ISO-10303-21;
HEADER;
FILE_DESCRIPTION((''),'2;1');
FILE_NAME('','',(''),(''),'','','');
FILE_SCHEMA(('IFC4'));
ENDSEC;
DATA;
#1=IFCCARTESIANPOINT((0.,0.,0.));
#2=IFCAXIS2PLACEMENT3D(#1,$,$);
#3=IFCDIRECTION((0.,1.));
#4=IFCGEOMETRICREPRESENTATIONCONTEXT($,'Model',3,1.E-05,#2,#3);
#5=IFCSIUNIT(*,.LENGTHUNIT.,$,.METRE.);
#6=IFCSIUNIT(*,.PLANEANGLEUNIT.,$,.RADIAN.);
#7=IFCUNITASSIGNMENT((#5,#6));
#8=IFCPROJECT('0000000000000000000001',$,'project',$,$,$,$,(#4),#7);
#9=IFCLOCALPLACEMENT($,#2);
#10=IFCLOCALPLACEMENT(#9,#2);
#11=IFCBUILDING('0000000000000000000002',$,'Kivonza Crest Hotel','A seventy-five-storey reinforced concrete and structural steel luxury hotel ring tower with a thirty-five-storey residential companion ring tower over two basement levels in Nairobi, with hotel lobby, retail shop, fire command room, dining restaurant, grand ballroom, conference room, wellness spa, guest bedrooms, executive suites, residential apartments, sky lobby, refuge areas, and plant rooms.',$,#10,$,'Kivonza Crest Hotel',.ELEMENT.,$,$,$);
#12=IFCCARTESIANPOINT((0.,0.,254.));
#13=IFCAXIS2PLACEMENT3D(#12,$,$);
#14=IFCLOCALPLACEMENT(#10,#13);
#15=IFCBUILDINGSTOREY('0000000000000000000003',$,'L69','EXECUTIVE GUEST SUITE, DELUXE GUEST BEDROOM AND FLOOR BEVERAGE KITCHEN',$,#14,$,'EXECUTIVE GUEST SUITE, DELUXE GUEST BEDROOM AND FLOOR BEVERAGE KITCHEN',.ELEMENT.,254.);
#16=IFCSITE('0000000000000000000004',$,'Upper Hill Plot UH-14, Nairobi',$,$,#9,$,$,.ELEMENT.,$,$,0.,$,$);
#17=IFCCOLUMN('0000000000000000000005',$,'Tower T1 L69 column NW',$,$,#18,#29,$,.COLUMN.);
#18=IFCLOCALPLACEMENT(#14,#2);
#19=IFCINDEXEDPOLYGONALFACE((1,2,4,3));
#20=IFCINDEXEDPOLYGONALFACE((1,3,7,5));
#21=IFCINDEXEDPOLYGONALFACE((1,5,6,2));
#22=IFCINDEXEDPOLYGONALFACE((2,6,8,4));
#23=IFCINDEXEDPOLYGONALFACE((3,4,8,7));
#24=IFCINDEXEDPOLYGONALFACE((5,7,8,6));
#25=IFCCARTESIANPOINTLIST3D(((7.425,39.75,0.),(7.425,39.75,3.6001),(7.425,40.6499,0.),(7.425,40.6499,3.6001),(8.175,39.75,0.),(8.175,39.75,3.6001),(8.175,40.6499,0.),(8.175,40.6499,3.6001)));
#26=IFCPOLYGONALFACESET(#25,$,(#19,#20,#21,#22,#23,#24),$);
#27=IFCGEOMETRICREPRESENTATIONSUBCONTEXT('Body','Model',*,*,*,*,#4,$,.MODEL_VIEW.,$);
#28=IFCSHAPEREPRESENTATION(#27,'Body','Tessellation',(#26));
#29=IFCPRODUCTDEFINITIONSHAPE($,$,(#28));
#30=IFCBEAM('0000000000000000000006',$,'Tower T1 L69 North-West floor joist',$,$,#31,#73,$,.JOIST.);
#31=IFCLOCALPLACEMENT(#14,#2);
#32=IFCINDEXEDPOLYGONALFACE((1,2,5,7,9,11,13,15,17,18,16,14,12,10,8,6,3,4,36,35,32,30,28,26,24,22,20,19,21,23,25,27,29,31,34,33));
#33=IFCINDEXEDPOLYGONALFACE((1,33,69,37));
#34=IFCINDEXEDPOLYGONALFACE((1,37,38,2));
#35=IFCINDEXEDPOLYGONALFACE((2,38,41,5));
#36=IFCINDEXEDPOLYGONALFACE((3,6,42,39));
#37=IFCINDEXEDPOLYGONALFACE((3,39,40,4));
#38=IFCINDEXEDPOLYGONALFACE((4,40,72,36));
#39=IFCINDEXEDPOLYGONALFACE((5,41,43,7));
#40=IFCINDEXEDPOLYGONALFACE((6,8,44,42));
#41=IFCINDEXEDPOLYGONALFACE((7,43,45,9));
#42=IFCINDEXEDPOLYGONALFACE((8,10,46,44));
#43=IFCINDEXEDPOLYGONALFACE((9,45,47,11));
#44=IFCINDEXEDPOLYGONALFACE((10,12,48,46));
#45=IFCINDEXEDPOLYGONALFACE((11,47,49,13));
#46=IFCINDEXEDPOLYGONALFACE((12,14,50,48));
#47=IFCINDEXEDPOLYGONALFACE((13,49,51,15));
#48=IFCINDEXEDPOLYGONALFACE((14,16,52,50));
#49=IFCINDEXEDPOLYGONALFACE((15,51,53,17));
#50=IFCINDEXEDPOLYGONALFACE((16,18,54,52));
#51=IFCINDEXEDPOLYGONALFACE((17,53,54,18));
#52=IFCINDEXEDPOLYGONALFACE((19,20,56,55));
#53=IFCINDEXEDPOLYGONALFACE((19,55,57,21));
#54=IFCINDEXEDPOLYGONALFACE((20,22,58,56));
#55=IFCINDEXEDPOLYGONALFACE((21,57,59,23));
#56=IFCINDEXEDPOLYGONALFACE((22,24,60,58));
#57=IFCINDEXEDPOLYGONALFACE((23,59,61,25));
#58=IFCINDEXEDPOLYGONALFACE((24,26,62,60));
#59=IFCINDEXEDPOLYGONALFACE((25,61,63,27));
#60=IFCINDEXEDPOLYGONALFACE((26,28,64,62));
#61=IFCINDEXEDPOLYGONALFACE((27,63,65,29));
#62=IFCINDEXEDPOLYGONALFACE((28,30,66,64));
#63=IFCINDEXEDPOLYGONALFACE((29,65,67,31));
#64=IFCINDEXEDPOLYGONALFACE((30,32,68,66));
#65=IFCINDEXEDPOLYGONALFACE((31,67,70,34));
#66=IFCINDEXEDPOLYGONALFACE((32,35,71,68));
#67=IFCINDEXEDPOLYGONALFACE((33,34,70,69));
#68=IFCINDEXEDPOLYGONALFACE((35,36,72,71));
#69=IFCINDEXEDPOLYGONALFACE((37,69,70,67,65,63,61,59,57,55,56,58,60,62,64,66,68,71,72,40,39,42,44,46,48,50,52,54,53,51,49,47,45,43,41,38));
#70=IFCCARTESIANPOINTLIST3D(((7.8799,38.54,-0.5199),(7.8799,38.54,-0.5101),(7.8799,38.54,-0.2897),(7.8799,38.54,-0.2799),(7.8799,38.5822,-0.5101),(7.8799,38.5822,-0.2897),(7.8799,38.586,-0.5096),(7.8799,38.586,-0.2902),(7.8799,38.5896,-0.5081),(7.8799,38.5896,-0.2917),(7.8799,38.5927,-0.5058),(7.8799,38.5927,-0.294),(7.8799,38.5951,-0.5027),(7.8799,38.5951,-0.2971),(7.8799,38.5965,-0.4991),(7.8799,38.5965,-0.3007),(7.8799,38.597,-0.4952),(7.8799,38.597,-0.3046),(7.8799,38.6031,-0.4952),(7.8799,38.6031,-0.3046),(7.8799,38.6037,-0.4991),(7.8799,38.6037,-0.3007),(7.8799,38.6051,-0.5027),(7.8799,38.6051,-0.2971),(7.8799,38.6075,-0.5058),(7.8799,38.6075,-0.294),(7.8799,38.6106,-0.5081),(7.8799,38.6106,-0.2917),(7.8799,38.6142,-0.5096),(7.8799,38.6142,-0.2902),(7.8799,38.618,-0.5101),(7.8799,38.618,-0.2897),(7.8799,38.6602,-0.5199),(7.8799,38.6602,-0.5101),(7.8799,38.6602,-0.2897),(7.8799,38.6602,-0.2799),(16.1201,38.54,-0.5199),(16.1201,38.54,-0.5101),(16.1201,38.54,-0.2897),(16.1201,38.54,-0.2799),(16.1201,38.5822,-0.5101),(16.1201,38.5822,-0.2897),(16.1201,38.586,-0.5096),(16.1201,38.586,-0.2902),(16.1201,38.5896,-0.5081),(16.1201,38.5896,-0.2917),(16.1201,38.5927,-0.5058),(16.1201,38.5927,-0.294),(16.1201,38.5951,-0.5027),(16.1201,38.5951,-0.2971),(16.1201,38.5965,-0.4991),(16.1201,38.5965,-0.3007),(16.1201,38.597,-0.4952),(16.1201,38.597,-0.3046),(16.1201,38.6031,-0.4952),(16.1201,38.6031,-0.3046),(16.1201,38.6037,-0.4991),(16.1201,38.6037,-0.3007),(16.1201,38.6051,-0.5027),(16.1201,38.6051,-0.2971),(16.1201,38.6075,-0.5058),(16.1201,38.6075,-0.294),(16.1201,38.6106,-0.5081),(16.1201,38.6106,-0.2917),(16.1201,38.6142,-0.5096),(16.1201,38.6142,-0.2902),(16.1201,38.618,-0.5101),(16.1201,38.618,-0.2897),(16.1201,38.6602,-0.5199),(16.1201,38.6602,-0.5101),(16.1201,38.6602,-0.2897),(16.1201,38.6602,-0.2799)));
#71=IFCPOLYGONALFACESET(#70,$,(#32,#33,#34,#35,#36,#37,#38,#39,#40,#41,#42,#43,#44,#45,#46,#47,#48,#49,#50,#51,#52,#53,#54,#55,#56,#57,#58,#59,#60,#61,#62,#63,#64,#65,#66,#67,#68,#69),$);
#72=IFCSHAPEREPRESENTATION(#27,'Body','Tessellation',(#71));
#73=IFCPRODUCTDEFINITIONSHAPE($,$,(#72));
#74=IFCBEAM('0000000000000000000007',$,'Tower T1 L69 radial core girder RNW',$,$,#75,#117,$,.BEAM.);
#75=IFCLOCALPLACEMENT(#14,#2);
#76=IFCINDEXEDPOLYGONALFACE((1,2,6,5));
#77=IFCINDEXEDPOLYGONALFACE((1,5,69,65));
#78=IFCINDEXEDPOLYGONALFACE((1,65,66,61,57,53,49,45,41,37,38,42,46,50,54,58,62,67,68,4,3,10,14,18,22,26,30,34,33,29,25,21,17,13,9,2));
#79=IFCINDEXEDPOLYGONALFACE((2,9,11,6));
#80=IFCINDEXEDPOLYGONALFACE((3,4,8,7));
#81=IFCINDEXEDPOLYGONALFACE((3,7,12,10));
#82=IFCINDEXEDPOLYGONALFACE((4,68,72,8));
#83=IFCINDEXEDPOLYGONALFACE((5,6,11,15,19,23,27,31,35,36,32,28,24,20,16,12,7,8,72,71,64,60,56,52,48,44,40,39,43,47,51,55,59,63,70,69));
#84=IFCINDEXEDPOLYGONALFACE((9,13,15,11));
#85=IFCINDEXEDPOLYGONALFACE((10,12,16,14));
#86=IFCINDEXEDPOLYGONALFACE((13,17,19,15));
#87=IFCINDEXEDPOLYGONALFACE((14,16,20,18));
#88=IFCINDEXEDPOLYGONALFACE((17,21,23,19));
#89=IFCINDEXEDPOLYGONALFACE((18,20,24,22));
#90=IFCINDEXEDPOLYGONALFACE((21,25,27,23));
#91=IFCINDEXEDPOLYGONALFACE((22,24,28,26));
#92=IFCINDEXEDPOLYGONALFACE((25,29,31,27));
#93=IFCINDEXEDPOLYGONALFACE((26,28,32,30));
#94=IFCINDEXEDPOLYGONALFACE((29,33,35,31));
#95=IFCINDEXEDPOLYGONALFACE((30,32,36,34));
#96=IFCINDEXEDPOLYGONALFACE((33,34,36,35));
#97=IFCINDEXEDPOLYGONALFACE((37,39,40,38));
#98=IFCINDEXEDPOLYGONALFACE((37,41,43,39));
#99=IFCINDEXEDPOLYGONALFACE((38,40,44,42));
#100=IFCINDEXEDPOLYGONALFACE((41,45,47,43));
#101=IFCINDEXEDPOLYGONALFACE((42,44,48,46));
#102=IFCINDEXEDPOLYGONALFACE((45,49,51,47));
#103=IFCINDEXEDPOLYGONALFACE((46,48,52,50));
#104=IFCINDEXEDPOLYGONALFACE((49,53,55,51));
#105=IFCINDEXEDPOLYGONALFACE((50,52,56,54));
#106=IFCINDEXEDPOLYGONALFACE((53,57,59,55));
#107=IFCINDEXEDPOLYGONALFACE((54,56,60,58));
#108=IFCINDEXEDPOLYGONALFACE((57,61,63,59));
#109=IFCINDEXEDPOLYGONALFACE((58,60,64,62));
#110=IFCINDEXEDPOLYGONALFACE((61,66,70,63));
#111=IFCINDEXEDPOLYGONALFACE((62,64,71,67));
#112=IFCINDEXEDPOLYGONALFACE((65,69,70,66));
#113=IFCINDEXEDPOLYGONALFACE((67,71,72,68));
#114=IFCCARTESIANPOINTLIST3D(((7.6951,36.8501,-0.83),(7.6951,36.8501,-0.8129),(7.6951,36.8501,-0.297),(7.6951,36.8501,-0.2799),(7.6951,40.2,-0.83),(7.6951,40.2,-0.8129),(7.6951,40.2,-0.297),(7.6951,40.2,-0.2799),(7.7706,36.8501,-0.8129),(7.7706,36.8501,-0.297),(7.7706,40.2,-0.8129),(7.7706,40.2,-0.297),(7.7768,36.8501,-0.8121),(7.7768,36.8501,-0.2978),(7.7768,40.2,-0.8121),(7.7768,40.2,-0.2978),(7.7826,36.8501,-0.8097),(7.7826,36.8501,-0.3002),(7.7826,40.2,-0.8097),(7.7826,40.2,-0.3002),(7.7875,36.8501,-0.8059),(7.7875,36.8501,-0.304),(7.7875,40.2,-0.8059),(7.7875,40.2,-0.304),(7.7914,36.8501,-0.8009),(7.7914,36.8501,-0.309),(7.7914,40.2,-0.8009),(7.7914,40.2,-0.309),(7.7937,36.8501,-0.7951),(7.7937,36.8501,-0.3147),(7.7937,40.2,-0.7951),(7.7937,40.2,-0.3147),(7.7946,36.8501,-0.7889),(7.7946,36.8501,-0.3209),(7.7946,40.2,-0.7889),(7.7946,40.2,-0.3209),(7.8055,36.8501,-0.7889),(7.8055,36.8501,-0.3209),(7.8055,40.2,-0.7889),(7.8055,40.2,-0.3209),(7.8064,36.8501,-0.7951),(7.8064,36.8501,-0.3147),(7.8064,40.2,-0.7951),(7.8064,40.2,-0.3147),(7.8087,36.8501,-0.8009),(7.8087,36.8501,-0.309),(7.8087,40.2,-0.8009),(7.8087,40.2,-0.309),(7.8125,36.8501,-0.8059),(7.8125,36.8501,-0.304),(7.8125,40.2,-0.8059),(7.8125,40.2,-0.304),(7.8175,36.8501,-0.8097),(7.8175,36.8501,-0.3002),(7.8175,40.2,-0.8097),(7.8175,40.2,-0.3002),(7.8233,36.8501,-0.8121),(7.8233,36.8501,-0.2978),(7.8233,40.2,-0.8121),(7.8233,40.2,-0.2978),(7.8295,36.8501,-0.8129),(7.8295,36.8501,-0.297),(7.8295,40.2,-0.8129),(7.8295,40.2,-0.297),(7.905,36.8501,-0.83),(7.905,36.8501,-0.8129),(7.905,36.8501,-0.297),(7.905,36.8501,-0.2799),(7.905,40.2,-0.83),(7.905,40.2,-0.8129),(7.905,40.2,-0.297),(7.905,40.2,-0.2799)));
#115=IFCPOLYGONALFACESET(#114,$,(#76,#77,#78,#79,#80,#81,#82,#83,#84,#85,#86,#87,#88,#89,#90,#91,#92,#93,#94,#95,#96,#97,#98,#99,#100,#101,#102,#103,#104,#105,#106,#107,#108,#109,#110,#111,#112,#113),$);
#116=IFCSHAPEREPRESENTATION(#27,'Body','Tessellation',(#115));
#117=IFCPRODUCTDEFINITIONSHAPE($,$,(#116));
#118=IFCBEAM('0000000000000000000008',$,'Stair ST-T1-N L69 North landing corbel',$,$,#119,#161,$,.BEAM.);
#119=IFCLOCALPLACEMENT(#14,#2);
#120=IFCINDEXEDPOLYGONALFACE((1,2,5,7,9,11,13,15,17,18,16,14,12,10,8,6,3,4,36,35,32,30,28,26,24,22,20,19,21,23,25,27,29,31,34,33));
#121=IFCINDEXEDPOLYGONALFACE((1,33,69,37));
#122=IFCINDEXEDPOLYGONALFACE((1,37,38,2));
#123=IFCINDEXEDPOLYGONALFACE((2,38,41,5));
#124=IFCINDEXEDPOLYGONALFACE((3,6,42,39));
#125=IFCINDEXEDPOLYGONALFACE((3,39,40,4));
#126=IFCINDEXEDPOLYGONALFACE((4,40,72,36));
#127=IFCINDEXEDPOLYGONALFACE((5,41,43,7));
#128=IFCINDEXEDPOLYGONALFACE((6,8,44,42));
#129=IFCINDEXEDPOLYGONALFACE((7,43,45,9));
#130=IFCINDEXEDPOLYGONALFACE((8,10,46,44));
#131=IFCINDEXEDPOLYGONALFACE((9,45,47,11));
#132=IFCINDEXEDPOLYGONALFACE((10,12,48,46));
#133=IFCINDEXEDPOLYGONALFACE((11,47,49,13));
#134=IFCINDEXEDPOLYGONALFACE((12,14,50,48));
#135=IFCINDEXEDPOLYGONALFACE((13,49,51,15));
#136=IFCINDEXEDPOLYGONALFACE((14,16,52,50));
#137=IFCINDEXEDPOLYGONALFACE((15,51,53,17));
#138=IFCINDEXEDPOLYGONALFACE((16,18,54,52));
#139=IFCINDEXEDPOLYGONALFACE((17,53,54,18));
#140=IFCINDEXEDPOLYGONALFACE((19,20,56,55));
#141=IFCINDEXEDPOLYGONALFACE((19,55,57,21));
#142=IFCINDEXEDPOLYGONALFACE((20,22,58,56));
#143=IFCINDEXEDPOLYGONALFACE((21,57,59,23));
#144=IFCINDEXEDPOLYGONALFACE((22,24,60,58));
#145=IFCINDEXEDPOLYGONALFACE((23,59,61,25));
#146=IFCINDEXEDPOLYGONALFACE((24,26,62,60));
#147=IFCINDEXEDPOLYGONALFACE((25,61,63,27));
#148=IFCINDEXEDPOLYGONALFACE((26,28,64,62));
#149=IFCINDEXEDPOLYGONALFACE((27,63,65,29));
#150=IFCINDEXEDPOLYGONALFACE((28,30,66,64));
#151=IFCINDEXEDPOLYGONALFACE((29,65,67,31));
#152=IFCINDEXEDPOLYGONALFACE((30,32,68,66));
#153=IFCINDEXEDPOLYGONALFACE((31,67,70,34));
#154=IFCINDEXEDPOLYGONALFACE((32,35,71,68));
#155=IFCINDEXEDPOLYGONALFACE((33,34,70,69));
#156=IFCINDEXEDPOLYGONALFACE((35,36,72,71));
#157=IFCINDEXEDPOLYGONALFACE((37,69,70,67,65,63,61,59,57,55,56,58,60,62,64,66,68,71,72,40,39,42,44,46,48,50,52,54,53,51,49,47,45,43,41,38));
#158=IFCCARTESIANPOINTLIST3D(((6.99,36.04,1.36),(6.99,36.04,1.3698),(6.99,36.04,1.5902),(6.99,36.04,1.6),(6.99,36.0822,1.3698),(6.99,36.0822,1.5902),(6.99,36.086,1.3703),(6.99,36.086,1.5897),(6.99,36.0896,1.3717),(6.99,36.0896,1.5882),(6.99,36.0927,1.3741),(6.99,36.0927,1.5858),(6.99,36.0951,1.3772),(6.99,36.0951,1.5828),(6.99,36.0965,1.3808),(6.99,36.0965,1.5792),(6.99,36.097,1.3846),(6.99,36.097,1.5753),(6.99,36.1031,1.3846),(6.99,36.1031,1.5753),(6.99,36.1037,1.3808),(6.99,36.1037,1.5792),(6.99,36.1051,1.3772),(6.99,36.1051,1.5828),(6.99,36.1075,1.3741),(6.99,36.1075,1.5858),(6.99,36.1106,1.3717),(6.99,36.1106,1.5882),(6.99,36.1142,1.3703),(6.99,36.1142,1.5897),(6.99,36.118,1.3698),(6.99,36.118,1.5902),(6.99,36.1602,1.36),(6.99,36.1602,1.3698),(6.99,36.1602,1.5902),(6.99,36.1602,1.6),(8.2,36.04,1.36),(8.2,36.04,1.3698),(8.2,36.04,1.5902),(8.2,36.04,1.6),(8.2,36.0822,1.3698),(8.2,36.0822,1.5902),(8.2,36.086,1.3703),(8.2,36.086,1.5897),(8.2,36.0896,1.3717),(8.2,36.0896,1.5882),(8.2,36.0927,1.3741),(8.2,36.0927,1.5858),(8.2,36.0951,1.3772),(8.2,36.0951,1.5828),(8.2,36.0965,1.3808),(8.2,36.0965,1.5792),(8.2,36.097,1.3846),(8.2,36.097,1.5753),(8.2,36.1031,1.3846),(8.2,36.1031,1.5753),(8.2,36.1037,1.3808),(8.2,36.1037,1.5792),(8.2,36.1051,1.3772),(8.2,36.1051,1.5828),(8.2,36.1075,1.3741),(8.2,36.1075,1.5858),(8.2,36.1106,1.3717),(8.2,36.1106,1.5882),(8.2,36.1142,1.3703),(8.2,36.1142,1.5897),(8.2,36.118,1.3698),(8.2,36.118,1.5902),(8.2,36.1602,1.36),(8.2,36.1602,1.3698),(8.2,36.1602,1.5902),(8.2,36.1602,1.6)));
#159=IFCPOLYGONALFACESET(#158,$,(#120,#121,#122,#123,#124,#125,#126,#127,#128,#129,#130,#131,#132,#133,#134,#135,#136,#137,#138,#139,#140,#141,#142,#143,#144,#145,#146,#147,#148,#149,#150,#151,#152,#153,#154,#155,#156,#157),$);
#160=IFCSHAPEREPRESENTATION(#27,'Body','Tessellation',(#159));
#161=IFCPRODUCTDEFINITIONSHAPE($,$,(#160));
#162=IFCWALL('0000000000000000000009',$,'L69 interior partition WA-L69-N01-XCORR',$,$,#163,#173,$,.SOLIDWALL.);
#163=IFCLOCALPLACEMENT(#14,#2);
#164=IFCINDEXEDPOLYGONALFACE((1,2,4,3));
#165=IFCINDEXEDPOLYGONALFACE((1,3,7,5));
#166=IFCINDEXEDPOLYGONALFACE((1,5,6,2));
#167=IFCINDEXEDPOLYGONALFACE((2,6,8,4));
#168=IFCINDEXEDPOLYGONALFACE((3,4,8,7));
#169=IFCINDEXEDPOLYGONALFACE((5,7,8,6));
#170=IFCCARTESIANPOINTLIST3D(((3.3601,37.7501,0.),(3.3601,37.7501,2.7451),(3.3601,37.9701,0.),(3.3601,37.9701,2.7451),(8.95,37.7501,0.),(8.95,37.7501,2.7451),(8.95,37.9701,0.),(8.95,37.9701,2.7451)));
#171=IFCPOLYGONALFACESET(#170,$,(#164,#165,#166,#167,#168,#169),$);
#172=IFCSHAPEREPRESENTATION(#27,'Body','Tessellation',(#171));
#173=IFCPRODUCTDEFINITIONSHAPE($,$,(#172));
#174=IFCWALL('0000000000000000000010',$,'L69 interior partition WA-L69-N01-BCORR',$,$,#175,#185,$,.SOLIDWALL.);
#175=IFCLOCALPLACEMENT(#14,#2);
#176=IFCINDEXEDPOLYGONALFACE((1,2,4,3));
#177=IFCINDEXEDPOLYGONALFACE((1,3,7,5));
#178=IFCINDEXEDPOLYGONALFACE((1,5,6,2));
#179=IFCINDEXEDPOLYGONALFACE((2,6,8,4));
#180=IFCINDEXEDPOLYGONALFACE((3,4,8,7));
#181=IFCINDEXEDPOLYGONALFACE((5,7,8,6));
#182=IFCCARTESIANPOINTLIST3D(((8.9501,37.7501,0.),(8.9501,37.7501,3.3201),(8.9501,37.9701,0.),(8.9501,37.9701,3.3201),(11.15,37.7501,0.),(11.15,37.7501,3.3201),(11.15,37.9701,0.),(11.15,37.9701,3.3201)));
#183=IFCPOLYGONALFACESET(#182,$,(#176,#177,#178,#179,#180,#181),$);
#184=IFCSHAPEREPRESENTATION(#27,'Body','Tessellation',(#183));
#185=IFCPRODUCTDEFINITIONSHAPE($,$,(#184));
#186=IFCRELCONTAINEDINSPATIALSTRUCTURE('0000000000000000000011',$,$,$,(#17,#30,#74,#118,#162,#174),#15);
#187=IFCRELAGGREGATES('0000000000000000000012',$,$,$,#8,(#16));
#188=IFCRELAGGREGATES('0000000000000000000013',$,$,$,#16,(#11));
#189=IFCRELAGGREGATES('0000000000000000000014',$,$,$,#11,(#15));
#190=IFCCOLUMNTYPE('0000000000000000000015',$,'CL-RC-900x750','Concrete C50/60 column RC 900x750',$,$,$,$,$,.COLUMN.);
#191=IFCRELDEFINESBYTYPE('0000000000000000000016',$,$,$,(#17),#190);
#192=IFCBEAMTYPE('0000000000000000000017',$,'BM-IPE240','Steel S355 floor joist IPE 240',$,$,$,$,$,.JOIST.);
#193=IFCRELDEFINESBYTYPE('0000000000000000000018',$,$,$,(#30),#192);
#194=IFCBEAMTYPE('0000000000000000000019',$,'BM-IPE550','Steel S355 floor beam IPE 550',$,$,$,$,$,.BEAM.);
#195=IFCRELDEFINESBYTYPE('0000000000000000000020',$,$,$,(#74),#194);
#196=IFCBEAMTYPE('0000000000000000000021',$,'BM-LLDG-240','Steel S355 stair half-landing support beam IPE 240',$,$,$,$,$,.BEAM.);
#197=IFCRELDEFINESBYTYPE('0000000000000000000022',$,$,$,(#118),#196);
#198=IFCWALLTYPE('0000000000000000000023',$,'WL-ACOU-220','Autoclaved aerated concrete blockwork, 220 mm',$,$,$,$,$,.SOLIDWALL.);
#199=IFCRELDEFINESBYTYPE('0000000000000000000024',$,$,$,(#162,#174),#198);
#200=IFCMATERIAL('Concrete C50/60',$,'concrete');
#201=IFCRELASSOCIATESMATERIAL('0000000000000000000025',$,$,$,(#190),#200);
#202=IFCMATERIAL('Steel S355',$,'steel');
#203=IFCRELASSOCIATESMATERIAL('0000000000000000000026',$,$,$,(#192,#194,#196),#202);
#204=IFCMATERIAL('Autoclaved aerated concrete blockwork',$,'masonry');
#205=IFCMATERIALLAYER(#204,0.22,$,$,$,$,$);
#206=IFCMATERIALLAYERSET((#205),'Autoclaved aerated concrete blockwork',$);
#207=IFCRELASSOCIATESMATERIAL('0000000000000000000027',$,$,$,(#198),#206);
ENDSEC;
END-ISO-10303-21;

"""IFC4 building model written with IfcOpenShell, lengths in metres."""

from ifc_helpers import new_model, si_unit, direction, frame, frame_2d, origin, origin_2d, place, context, subcontext, project, spatial, rectangle, i_section, extrude, material, layer, layer_set, material_profile, profile_set, type_object, element, save


model = new_model("IFC4")

# Units and contexts
model_context = context("Model", 3, precision=1e-05, world=origin(), true_north=direction((0.0, 1.0)))
body_context = subcontext(model_context, "Body", "Model", "MODEL_VIEW")
ifc_project = project(units=[si_unit("LENGTHUNIT", "METRE"), si_unit("PLANEANGLEUNIT", "RADIAN")], contexts=[model_context])

# Site, building, storey
site_placement = place(None, origin())
site = spatial("IfcSite", under=ifc_project, at=site_placement, Name="Upper Hill Plot UH-14, Nairobi", CompositionType="ELEMENT", RefElevation=0.0)
building_placement = place(site_placement, origin())
building = spatial("IfcBuilding", under=site, at=building_placement, Name="Kivonza Crest Hotel", Description="A seventy-five-storey reinforced concrete and structural steel luxury hotel ring tower with a thirty-five-storey residential companion ring tower over two basement levels in Nairobi, with hotel lobby, retail shop, fire command room, dining restaurant, grand ballroom, conference room, wellness spa, guest bedrooms, executive suites, residential apartments, sky lobby, refuge areas, and plant rooms.", LongName="Kivonza Crest Hotel", CompositionType="ELEMENT")
storey_placement = place(building_placement, frame((0.0, 0.0, 254.0)))
storey = spatial("IfcBuildingStorey", under=building, at=storey_placement, Name="L69", Description="EXECUTIVE GUEST SUITE, DELUXE GUEST BEDROOM AND FLOOR BEVERAGE KITCHEN", LongName="EXECUTIVE GUEST SUITE, DELUXE GUEST BEDROOM AND FLOOR BEVERAGE KITCHEN", CompositionType="ELEMENT", Elevation=254.0)

# Column
ifc_material_1 = material(Name="Concrete C50/60", Category="concrete")
ifc_material_profile_1 = material_profile(ifc_material_1, rectangle(XDim=0.75, YDim=0.8999, at=origin_2d()), Name="RC 900x750")
ifc_profile_set_1 = profile_set([ifc_material_profile_1], Name="Concrete C50/60")
column_type = type_object("IfcColumnType", Name="CL-RC-900x750", Description="Concrete C50/60 column RC 900x750", PredefinedType="COLUMN", material=ifc_profile_set_1)
column_placement = place(storey_placement, frame((7.8, 40.2, 0.0), z_axis=(0.0, 0.0, 1.0), x_axis=(1.0, 0.0, 0.0)))
element("IfcColumn", 1, at=column_placement, inside=storey, type_object=column_type, Name="Tower T1 L69 column NW", PredefinedType="COLUMN", context=body_context, shape_type="SweptSolid", body=[
    extrude(rectangle(XDim=0.75, YDim=0.8999, at=origin_2d()), origin(), (0.0, 0.0, 1.0), 3.6001),
])

# Beams
ifc_material_2 = material(Name="Steel S355", Category="steel")
ifc_material_profile_2 = material_profile(ifc_material_2, i_section(OverallWidth=0.1201, OverallDepth=0.24, WebThickness=0.0061, FlangeThickness=0.0098, FilletRadius=0.0149, at=origin_2d()), Name="IPE 240")
ifc_profile_set_2 = profile_set([ifc_material_profile_2], Name="Steel S355")
beam_type_1 = type_object("IfcBeamType", Name="BM-IPE240", Description="Steel S355 floor joist IPE 240", PredefinedType="JOIST", material=ifc_profile_set_2)
beam_1_placement = place(storey_placement, frame((7.8799, 38.6001, -0.3999), z_axis=(1.0, 0.0, 0.0), x_axis=(0.0, 1.0, 0.0)))
element("IfcBeam", 2, at=beam_1_placement, inside=storey, type_object=beam_type_1, Name="Tower T1 L69 North-West floor joist", PredefinedType="JOIST", context=body_context, shape_type="SweptSolid", body=[
    extrude(i_section(OverallWidth=0.1201, OverallDepth=0.24, WebThickness=0.0061, FlangeThickness=0.0098, FilletRadius=0.0149, at=origin_2d()), origin(), (0.0, 0.0, 1.0), 8.2402),
])
ifc_material_profile_3 = material_profile(ifc_material_2, i_section(OverallWidth=0.21, OverallDepth=0.55, WebThickness=0.011, FlangeThickness=0.0171, FilletRadius=0.0239, at=origin_2d()), Name="IPE 550")
ifc_profile_set_3 = profile_set([ifc_material_profile_3], Name="Steel S355")
beam_type_2 = type_object("IfcBeamType", Name="BM-IPE550", Description="Steel S355 floor beam IPE 550", PredefinedType="BEAM", material=ifc_profile_set_3)
beam_2_placement = place(storey_placement, frame((7.8, 40.2, -0.5549), z_axis=(0.0, -1.0, 0.0), x_axis=(1.0, 0.0, 0.0)))
element("IfcBeam", 3, at=beam_2_placement, inside=storey, type_object=beam_type_2, Name="Tower T1 L69 radial core girder RNW", PredefinedType="BEAM", context=body_context, shape_type="SweptSolid", body=[
    extrude(i_section(OverallWidth=0.21, OverallDepth=0.55, WebThickness=0.011, FlangeThickness=0.0171, FilletRadius=0.0239, at=origin_2d()), origin(), (0.0, 0.0, 1.0), 3.3499),
])
ifc_material_profile_4 = material_profile(ifc_material_2, i_section(OverallWidth=0.1201, OverallDepth=0.24, WebThickness=0.0061, FlangeThickness=0.0098, FilletRadius=0.0149, at=origin_2d()), Name="IPE 240")
ifc_profile_set_4 = profile_set([ifc_material_profile_4], Name="Steel S355")
beam_type_3 = type_object("IfcBeamType", Name="BM-LLDG-240", Description="Steel S355 stair half-landing support beam IPE 240", PredefinedType="BEAM", material=ifc_profile_set_4)
beam_3_placement = place(storey_placement, frame((6.99, 36.1001, 1.48), z_axis=(1.0, 0.0, 0.0), x_axis=(0.0, 1.0, 0.0)))
element("IfcBeam", 4, at=beam_3_placement, inside=storey, type_object=beam_type_3, Name="Stair ST-T1-N L69 North landing corbel", PredefinedType="BEAM", context=body_context, shape_type="SweptSolid", body=[
    extrude(i_section(OverallWidth=0.1201, OverallDepth=0.24, WebThickness=0.0061, FlangeThickness=0.0098, FilletRadius=0.0149, at=origin_2d()), origin(), (0.0, 0.0, 1.0), 1.21),
])

# Walls
ifc_material_3 = material(Name="Autoclaved aerated concrete blockwork", Category="masonry")
ifc_layer_1 = layer(ifc_material_3, 0.22)
ifc_layer_set_1 = layer_set([ifc_layer_1], Name="Autoclaved aerated concrete blockwork")
wall_type_1 = type_object("IfcWallType", Name="WL-ACOU-220", Description="Autoclaved aerated concrete blockwork, 220 mm", PredefinedType="SOLIDWALL", material=ifc_layer_set_1)
wall_1_placement = place(storey_placement, frame((3.3601, 37.8601, 0.0), z_axis=(0.0, 0.0, 1.0), x_axis=(1.0, 0.0, 0.0)))
element("IfcWall", 5, at=wall_1_placement, inside=storey, type_object=wall_type_1, Name="L69 interior partition WA-L69-N01-XCORR", PredefinedType="SOLIDWALL", context=body_context, shape_type="SweptSolid", body=[
    extrude(rectangle(XDim=5.5898, YDim=0.22, at=frame_2d((2.7949, 0.0))), origin(), (0.0, 0.0, 1.0), 2.7451),
])
wall_2_placement = place(storey_placement, frame((8.95, 37.8601, 0.0), z_axis=(0.0, 0.0, 1.0), x_axis=(1.0, 0.0, 0.0)))
element("IfcWall", 6, at=wall_2_placement, inside=storey, type_object=wall_type_1, Name="L69 interior partition WA-L69-N01-BCORR", PredefinedType="SOLIDWALL", context=body_context, shape_type="SweptSolid", body=[
    extrude(rectangle(XDim=2.2, YDim=0.22, at=frame_2d((1.1001, 0.0))), origin(), (0.0, 0.0, 1.0), 3.3201),
])

save(model, "model.ifc")
